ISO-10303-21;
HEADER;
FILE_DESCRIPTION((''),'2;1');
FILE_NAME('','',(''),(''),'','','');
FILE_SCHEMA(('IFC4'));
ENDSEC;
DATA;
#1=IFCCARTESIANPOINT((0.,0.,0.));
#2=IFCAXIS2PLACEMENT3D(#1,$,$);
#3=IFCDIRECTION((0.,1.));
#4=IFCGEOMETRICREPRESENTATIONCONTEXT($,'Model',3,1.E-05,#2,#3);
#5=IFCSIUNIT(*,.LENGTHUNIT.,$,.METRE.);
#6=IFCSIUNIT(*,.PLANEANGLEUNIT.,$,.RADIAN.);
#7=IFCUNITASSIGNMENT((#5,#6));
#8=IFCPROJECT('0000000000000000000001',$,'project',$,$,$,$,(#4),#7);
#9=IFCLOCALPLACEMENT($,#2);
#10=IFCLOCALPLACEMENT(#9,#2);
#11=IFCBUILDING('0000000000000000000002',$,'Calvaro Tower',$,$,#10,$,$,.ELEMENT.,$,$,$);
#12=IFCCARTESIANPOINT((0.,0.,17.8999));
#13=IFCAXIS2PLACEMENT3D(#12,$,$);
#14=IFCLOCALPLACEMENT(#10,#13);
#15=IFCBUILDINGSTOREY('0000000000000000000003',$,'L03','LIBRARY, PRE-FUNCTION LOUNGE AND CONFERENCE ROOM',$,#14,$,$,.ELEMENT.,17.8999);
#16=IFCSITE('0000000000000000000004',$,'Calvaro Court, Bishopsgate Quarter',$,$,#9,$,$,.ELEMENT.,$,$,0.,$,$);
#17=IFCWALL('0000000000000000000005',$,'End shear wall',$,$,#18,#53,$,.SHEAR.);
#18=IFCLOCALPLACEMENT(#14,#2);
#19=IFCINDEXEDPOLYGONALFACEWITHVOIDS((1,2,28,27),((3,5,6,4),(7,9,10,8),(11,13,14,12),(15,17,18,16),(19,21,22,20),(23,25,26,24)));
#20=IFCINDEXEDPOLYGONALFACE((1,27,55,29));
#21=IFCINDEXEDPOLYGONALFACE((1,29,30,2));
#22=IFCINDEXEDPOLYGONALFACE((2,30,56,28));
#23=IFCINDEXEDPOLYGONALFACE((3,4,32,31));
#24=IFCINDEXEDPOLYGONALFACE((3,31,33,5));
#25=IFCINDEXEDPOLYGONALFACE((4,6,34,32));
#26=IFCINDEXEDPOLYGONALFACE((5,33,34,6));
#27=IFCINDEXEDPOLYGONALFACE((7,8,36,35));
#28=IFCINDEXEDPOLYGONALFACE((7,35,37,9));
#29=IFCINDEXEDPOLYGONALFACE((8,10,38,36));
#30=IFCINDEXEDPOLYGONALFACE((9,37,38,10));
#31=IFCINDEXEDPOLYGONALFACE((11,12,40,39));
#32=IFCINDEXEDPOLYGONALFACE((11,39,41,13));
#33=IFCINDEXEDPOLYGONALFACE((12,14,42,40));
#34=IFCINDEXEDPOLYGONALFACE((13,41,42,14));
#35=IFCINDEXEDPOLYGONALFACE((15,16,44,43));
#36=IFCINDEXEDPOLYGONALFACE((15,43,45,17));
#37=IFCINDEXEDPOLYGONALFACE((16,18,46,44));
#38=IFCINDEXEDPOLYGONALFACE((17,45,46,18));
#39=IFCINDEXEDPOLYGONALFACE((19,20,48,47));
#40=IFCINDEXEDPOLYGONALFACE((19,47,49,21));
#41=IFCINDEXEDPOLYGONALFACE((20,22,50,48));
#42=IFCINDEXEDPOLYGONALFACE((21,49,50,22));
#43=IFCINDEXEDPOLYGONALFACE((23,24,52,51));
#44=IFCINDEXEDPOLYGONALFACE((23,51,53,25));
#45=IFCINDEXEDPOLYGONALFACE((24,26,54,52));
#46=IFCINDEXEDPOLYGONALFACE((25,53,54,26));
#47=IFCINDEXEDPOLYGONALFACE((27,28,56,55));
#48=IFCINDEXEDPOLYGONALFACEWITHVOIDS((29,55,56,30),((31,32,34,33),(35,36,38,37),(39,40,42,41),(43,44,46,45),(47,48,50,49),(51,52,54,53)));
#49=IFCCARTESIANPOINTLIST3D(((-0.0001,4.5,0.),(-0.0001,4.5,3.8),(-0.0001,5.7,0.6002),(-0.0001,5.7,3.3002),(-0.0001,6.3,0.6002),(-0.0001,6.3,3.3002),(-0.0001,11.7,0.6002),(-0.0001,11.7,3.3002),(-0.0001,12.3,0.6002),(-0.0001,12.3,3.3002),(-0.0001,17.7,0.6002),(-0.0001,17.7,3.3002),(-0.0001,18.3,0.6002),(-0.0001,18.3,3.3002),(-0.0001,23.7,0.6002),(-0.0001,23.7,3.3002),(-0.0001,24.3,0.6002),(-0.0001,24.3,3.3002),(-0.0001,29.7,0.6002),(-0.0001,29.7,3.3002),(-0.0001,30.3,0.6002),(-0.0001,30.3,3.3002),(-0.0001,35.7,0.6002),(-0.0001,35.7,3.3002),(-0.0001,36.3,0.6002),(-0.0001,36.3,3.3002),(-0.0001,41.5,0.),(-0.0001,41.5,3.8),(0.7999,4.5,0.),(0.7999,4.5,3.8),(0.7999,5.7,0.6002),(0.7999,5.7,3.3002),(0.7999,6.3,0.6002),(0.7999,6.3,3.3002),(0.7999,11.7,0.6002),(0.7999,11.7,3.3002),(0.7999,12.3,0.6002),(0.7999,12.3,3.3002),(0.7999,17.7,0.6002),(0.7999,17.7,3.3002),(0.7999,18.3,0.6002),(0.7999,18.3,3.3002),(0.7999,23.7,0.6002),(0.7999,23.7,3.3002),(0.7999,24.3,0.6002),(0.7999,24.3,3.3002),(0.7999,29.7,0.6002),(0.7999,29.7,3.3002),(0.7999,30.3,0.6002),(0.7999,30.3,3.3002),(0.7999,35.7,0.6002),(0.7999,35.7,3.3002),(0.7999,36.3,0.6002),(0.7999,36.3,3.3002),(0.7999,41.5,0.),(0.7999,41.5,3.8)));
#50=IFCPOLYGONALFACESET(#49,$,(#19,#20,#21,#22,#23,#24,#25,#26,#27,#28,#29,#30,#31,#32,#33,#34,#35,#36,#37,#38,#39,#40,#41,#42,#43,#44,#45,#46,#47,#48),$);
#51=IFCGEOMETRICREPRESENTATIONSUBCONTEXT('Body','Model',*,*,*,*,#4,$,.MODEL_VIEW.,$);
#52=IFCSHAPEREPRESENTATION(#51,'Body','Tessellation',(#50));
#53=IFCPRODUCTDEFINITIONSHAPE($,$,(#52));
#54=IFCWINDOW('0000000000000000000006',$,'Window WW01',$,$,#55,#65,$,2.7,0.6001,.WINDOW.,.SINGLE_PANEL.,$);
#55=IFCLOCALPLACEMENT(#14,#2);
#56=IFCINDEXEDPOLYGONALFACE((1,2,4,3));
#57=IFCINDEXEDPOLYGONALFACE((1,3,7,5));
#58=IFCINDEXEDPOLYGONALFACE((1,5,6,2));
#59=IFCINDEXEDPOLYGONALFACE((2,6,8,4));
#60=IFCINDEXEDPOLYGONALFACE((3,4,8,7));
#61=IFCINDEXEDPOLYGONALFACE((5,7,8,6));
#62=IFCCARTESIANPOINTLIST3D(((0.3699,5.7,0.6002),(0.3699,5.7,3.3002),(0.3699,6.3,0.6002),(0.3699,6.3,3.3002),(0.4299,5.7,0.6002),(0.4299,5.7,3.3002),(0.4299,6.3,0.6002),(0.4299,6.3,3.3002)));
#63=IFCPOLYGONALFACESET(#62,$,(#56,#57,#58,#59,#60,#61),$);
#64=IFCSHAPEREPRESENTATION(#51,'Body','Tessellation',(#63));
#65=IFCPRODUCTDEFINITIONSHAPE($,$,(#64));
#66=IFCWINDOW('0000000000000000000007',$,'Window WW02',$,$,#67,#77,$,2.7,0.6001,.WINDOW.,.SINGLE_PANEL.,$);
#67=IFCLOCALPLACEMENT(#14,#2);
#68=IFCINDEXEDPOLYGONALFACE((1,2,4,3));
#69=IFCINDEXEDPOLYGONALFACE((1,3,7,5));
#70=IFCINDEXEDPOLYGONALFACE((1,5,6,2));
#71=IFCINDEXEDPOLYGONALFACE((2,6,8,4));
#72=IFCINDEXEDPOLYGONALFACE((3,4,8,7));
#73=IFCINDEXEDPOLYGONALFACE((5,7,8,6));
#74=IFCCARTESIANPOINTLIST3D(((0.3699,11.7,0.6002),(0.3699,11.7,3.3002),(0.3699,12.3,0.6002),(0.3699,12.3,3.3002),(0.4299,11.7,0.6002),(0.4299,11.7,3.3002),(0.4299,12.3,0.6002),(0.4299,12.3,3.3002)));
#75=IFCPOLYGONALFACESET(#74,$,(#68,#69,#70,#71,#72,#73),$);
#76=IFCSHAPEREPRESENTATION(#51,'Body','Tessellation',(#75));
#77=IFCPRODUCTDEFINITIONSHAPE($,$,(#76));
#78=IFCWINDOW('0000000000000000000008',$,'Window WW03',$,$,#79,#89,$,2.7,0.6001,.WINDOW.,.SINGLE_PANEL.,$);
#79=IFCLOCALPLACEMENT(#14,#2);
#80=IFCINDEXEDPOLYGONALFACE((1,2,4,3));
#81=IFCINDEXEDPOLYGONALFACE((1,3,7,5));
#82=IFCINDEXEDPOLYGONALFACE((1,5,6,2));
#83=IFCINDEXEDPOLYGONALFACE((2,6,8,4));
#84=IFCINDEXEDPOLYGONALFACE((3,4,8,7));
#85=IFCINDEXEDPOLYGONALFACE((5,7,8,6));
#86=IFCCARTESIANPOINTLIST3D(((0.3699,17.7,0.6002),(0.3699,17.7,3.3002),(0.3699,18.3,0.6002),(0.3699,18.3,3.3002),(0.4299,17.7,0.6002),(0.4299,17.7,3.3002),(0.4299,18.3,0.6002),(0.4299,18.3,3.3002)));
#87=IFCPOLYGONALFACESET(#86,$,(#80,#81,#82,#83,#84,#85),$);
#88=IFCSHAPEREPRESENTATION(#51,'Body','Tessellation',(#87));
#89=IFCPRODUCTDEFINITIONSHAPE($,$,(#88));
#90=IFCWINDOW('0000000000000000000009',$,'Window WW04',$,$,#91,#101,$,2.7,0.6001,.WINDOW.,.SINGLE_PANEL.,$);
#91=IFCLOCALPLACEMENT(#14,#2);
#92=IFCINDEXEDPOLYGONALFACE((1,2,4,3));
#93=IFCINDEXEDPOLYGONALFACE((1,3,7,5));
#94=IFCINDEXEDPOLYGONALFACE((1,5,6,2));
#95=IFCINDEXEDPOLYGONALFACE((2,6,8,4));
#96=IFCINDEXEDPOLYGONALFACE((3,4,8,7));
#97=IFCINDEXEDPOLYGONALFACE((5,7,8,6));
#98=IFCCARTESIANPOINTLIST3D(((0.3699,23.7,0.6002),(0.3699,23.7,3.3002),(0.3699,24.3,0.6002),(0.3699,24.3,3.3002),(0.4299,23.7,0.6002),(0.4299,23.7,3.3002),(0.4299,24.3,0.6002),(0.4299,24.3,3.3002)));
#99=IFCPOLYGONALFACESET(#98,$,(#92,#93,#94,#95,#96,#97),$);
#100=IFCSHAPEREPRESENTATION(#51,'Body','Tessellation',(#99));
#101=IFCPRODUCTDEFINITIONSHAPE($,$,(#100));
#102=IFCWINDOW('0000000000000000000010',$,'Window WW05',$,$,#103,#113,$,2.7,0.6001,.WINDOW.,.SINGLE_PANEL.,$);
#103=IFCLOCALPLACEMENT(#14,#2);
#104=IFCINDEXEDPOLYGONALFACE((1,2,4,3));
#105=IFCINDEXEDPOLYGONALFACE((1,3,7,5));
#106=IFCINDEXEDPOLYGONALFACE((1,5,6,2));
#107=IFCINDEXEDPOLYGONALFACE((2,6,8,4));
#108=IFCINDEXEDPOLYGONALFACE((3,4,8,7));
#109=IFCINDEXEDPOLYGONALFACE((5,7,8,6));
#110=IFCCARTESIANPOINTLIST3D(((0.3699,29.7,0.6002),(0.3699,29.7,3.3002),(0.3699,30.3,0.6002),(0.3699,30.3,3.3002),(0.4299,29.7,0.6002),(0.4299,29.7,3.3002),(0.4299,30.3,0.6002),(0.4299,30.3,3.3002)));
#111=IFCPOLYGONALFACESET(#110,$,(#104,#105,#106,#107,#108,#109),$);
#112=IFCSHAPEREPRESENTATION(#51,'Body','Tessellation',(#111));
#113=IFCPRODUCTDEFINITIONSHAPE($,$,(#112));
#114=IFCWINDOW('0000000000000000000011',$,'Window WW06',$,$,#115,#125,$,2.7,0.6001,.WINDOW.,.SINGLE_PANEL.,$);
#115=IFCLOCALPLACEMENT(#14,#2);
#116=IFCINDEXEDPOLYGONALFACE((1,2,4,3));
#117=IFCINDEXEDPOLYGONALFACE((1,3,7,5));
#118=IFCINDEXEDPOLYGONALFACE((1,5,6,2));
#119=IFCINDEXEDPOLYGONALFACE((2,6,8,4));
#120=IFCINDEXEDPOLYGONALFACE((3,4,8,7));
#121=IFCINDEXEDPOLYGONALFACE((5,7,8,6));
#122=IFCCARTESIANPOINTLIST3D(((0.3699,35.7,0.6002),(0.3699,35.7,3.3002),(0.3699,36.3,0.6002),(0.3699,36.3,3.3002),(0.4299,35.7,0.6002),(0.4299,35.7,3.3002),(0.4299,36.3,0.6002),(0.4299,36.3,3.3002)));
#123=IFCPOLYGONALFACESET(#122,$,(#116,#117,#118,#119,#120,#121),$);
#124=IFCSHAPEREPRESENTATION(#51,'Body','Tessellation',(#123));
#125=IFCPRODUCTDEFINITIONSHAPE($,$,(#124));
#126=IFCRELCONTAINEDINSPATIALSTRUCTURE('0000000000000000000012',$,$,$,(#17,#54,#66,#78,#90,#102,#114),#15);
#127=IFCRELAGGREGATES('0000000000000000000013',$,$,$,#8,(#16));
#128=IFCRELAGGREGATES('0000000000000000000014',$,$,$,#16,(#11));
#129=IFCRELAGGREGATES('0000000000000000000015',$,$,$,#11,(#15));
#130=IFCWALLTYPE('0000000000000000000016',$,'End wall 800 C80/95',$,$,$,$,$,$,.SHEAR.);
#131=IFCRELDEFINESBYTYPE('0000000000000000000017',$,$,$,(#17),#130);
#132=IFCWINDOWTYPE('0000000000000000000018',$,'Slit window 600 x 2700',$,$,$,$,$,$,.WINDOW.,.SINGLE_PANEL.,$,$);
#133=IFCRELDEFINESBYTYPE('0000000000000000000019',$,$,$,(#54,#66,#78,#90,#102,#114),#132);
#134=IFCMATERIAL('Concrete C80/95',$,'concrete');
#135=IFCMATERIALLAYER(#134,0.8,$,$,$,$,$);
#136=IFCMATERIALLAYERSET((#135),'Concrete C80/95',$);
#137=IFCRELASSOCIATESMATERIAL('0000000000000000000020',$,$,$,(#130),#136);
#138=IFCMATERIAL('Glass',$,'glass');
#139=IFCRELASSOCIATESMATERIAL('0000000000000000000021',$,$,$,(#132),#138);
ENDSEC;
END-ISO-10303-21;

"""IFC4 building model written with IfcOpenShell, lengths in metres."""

from ifc_helpers import new_model, si_unit, direction, frame, frame_2d, origin, place, context, subcontext, project, spatial, rectangle, extrude, material, layer, layer_set, type_object, element, fill, save


model = new_model("IFC4")

# Units and contexts
model_context = context("Model", 3, precision=1e-05, world=origin(), true_north=direction((0.0, 1.0)))
body_context = subcontext(model_context, "Body", "Model", "MODEL_VIEW")
ifc_project = project(units=[si_unit("LENGTHUNIT", "METRE"), si_unit("PLANEANGLEUNIT", "RADIAN")], contexts=[model_context])

# Site, building, storey
site_placement = place(None, origin())
site = spatial("IfcSite", under=ifc_project, at=site_placement, Name="Calvaro Court, Bishopsgate Quarter", CompositionType="ELEMENT", RefElevation=0.0)
building_placement = place(site_placement, origin())
building = spatial("IfcBuilding", under=site, at=building_placement, Name="Calvaro Tower", CompositionType="ELEMENT")
storey_placement = place(building_placement, frame((0.0, 0.0, 17.8999)))
storey = spatial("IfcBuildingStorey", under=building, at=storey_placement, Name="L03", Description="LIBRARY, PRE-FUNCTION LOUNGE AND CONFERENCE ROOM", CompositionType="ELEMENT", Elevation=17.8999)

# Wall, openings, windows
ifc_material_1 = material(Name="Concrete C80/95", Category="concrete")
ifc_layer_1 = layer(ifc_material_1, 0.8)
ifc_layer_set_1 = layer_set([ifc_layer_1], Name="Concrete C80/95")
wall_type_1 = type_object("IfcWallType", Name="End wall 800 C80/95", PredefinedType="SHEAR", material=ifc_layer_set_1)
wall_1_placement = place(storey_placement, frame((0.3999, 4.5, 0.0), z_axis=(0.0, 0.0, 1.0), x_axis=(0.0, 1.0, 0.0)))
wall_1 = element("IfcWall", 1, at=wall_1_placement, inside=storey, type_object=wall_type_1, Name="End shear wall", PredefinedType="SHEAR", context=body_context, shape_type="SweptSolid", body=[
    extrude(rectangle(XDim=37.0, YDim=0.8, at=frame_2d((18.5, 0.0))), origin(), (0.0, 0.0, 1.0), 3.8),
])
opening_1_placement = place(wall_1_placement, frame((1.2, 0.0, 0.6001)))
opening_1 = element("IfcOpeningElement", 2, at=opening_1_placement, cuts=wall_1, PredefinedType="OPENING", context=body_context, shape_type="SweptSolid", body=[
    extrude(rectangle(XDim=0.6001, YDim=2.7, at=frame_2d((0.3, 1.3501))), frame((0.0, 0.4099, 0.0), z_axis=(0.0, -1.0, 0.0), x_axis=(1.0, 0.0, 0.0)), (0.0, 0.0, 1.0), 0.8201),
])
opening_2_placement = place(wall_1_placement, frame((7.2, 0.0, 0.6001)))
opening_2 = element("IfcOpeningElement", 3, at=opening_2_placement, cuts=wall_1, PredefinedType="OPENING", context=body_context, shape_type="SweptSolid", body=[
    extrude(rectangle(XDim=0.6001, YDim=2.7, at=frame_2d((0.3, 1.3501))), frame((0.0, 0.4099, 0.0), z_axis=(0.0, -1.0, 0.0), x_axis=(1.0, 0.0, 0.0)), (0.0, 0.0, 1.0), 0.8201),
])
opening_3_placement = place(wall_1_placement, frame((13.2, 0.0, 0.6001)))
opening_3 = element("IfcOpeningElement", 4, at=opening_3_placement, cuts=wall_1, PredefinedType="OPENING", context=body_context, shape_type="SweptSolid", body=[
    extrude(rectangle(XDim=0.6001, YDim=2.7, at=frame_2d((0.3, 1.3501))), frame((0.0, 0.4099, 0.0), z_axis=(0.0, -1.0, 0.0), x_axis=(1.0, 0.0, 0.0)), (0.0, 0.0, 1.0), 0.8201),
])
opening_4_placement = place(wall_1_placement, frame((19.2, 0.0, 0.6001)))
opening_4 = element("IfcOpeningElement", 5, at=opening_4_placement, cuts=wall_1, PredefinedType="OPENING", context=body_context, shape_type="SweptSolid", body=[
    extrude(rectangle(XDim=0.6001, YDim=2.7, at=frame_2d((0.3, 1.3501))), frame((0.0, 0.4099, 0.0), z_axis=(0.0, -1.0, 0.0), x_axis=(1.0, 0.0, 0.0)), (0.0, 0.0, 1.0), 0.8201),
])
opening_5_placement = place(wall_1_placement, frame((25.2, 0.0, 0.6001)))
opening_5 = element("IfcOpeningElement", 6, at=opening_5_placement, cuts=wall_1, PredefinedType="OPENING", context=body_context, shape_type="SweptSolid", body=[
    extrude(rectangle(XDim=0.6001, YDim=2.7, at=frame_2d((0.3, 1.3501))), frame((0.0, 0.4099, 0.0), z_axis=(0.0, -1.0, 0.0), x_axis=(1.0, 0.0, 0.0)), (0.0, 0.0, 1.0), 0.8201),
])
opening_6_placement = place(wall_1_placement, frame((31.2, 0.0, 0.6001)))
opening_6 = element("IfcOpeningElement", 7, at=opening_6_placement, cuts=wall_1, PredefinedType="OPENING", context=body_context, shape_type="SweptSolid", body=[
    extrude(rectangle(XDim=0.6001, YDim=2.7, at=frame_2d((0.3, 1.3501))), frame((0.0, 0.4099, 0.0), z_axis=(0.0, -1.0, 0.0), x_axis=(1.0, 0.0, 0.0)), (0.0, 0.0, 1.0), 0.8201),
])
ifc_material_2 = material(Name="Glass", Category="glass")
window_type = type_object("IfcWindowType", Name="Slit window 600 x 2700", PartitioningType="SINGLE_PANEL", PredefinedType="WINDOW", material=ifc_material_2)
window_1_placement = place(opening_1_placement, origin())
window_1 = element("IfcWindow", 8, at=window_1_placement, inside=storey, type_object=window_type, Name="Window WW01", OverallHeight=2.7, OverallWidth=0.6001, PartitioningType="SINGLE_PANEL", PredefinedType="WINDOW", context=body_context, shape_type="SweptSolid", body=[
    extrude(rectangle(XDim=0.6001, YDim=2.7, at=frame_2d((0.3, 1.3501))), frame((0.0, 0.03, 0.0), z_axis=(0.0, -1.0, 0.0), x_axis=(1.0, 0.0, 0.0)), (0.0, 0.0, 1.0), 0.0601),
])
fill(opening_1, window_1)
window_2_placement = place(opening_2_placement, origin())
window_2 = element("IfcWindow", 9, at=window_2_placement, inside=storey, type_object=window_type, Name="Window WW02", OverallHeight=2.7, OverallWidth=0.6001, PartitioningType="SINGLE_PANEL", PredefinedType="WINDOW", context=body_context, shape_type="SweptSolid", body=[
    extrude(rectangle(XDim=0.6001, YDim=2.7, at=frame_2d((0.3, 1.3501))), frame((0.0, 0.03, 0.0), z_axis=(0.0, -1.0, 0.0), x_axis=(1.0, 0.0, 0.0)), (0.0, 0.0, 1.0), 0.0601),
])
fill(opening_2, window_2)
window_3_placement = place(opening_3_placement, origin())
window_3 = element("IfcWindow", 10, at=window_3_placement, inside=storey, type_object=window_type, Name="Window WW03", OverallHeight=2.7, OverallWidth=0.6001, PartitioningType="SINGLE_PANEL", PredefinedType="WINDOW", context=body_context, shape_type="SweptSolid", body=[
    extrude(rectangle(XDim=0.6001, YDim=2.7, at=frame_2d((0.3, 1.3501))), frame((0.0, 0.03, 0.0), z_axis=(0.0, -1.0, 0.0), x_axis=(1.0, 0.0, 0.0)), (0.0, 0.0, 1.0), 0.0601),
])
fill(opening_3, window_3)
window_4_placement = place(opening_4_placement, origin())
window_4 = element("IfcWindow", 11, at=window_4_placement, inside=storey, type_object=window_type, Name="Window WW04", OverallHeight=2.7, OverallWidth=0.6001, PartitioningType="SINGLE_PANEL", PredefinedType="WINDOW", context=body_context, shape_type="SweptSolid", body=[
    extrude(rectangle(XDim=0.6001, YDim=2.7, at=frame_2d((0.3, 1.3501))), frame((0.0, 0.03, 0.0), z_axis=(0.0, -1.0, 0.0), x_axis=(1.0, 0.0, 0.0)), (0.0, 0.0, 1.0), 0.0601),
])
fill(opening_4, window_4)
window_5_placement = place(opening_5_placement, origin())
window_5 = element("IfcWindow", 12, at=window_5_placement, inside=storey, type_object=window_type, Name="Window WW05", OverallHeight=2.7, OverallWidth=0.6001, PartitioningType="SINGLE_PANEL", PredefinedType="WINDOW", context=body_context, shape_type="SweptSolid", body=[
    extrude(rectangle(XDim=0.6001, YDim=2.7, at=frame_2d((0.3, 1.3501))), frame((0.0, 0.03, 0.0), z_axis=(0.0, -1.0, 0.0), x_axis=(1.0, 0.0, 0.0)), (0.0, 0.0, 1.0), 0.0601),
])
fill(opening_5, window_5)
window_6_placement = place(opening_6_placement, origin())
window_6 = element("IfcWindow", 13, at=window_6_placement, inside=storey, type_object=window_type, Name="Window WW06", OverallHeight=2.7, OverallWidth=0.6001, PartitioningType="SINGLE_PANEL", PredefinedType="WINDOW", context=body_context, shape_type="SweptSolid", body=[
    extrude(rectangle(XDim=0.6001, YDim=2.7, at=frame_2d((0.3, 1.3501))), frame((0.0, 0.03, 0.0), z_axis=(0.0, -1.0, 0.0), x_axis=(1.0, 0.0, 0.0)), (0.0, 0.0, 1.0), 0.0601),
])
fill(opening_6, window_6)

save(model, "model.ifc")
